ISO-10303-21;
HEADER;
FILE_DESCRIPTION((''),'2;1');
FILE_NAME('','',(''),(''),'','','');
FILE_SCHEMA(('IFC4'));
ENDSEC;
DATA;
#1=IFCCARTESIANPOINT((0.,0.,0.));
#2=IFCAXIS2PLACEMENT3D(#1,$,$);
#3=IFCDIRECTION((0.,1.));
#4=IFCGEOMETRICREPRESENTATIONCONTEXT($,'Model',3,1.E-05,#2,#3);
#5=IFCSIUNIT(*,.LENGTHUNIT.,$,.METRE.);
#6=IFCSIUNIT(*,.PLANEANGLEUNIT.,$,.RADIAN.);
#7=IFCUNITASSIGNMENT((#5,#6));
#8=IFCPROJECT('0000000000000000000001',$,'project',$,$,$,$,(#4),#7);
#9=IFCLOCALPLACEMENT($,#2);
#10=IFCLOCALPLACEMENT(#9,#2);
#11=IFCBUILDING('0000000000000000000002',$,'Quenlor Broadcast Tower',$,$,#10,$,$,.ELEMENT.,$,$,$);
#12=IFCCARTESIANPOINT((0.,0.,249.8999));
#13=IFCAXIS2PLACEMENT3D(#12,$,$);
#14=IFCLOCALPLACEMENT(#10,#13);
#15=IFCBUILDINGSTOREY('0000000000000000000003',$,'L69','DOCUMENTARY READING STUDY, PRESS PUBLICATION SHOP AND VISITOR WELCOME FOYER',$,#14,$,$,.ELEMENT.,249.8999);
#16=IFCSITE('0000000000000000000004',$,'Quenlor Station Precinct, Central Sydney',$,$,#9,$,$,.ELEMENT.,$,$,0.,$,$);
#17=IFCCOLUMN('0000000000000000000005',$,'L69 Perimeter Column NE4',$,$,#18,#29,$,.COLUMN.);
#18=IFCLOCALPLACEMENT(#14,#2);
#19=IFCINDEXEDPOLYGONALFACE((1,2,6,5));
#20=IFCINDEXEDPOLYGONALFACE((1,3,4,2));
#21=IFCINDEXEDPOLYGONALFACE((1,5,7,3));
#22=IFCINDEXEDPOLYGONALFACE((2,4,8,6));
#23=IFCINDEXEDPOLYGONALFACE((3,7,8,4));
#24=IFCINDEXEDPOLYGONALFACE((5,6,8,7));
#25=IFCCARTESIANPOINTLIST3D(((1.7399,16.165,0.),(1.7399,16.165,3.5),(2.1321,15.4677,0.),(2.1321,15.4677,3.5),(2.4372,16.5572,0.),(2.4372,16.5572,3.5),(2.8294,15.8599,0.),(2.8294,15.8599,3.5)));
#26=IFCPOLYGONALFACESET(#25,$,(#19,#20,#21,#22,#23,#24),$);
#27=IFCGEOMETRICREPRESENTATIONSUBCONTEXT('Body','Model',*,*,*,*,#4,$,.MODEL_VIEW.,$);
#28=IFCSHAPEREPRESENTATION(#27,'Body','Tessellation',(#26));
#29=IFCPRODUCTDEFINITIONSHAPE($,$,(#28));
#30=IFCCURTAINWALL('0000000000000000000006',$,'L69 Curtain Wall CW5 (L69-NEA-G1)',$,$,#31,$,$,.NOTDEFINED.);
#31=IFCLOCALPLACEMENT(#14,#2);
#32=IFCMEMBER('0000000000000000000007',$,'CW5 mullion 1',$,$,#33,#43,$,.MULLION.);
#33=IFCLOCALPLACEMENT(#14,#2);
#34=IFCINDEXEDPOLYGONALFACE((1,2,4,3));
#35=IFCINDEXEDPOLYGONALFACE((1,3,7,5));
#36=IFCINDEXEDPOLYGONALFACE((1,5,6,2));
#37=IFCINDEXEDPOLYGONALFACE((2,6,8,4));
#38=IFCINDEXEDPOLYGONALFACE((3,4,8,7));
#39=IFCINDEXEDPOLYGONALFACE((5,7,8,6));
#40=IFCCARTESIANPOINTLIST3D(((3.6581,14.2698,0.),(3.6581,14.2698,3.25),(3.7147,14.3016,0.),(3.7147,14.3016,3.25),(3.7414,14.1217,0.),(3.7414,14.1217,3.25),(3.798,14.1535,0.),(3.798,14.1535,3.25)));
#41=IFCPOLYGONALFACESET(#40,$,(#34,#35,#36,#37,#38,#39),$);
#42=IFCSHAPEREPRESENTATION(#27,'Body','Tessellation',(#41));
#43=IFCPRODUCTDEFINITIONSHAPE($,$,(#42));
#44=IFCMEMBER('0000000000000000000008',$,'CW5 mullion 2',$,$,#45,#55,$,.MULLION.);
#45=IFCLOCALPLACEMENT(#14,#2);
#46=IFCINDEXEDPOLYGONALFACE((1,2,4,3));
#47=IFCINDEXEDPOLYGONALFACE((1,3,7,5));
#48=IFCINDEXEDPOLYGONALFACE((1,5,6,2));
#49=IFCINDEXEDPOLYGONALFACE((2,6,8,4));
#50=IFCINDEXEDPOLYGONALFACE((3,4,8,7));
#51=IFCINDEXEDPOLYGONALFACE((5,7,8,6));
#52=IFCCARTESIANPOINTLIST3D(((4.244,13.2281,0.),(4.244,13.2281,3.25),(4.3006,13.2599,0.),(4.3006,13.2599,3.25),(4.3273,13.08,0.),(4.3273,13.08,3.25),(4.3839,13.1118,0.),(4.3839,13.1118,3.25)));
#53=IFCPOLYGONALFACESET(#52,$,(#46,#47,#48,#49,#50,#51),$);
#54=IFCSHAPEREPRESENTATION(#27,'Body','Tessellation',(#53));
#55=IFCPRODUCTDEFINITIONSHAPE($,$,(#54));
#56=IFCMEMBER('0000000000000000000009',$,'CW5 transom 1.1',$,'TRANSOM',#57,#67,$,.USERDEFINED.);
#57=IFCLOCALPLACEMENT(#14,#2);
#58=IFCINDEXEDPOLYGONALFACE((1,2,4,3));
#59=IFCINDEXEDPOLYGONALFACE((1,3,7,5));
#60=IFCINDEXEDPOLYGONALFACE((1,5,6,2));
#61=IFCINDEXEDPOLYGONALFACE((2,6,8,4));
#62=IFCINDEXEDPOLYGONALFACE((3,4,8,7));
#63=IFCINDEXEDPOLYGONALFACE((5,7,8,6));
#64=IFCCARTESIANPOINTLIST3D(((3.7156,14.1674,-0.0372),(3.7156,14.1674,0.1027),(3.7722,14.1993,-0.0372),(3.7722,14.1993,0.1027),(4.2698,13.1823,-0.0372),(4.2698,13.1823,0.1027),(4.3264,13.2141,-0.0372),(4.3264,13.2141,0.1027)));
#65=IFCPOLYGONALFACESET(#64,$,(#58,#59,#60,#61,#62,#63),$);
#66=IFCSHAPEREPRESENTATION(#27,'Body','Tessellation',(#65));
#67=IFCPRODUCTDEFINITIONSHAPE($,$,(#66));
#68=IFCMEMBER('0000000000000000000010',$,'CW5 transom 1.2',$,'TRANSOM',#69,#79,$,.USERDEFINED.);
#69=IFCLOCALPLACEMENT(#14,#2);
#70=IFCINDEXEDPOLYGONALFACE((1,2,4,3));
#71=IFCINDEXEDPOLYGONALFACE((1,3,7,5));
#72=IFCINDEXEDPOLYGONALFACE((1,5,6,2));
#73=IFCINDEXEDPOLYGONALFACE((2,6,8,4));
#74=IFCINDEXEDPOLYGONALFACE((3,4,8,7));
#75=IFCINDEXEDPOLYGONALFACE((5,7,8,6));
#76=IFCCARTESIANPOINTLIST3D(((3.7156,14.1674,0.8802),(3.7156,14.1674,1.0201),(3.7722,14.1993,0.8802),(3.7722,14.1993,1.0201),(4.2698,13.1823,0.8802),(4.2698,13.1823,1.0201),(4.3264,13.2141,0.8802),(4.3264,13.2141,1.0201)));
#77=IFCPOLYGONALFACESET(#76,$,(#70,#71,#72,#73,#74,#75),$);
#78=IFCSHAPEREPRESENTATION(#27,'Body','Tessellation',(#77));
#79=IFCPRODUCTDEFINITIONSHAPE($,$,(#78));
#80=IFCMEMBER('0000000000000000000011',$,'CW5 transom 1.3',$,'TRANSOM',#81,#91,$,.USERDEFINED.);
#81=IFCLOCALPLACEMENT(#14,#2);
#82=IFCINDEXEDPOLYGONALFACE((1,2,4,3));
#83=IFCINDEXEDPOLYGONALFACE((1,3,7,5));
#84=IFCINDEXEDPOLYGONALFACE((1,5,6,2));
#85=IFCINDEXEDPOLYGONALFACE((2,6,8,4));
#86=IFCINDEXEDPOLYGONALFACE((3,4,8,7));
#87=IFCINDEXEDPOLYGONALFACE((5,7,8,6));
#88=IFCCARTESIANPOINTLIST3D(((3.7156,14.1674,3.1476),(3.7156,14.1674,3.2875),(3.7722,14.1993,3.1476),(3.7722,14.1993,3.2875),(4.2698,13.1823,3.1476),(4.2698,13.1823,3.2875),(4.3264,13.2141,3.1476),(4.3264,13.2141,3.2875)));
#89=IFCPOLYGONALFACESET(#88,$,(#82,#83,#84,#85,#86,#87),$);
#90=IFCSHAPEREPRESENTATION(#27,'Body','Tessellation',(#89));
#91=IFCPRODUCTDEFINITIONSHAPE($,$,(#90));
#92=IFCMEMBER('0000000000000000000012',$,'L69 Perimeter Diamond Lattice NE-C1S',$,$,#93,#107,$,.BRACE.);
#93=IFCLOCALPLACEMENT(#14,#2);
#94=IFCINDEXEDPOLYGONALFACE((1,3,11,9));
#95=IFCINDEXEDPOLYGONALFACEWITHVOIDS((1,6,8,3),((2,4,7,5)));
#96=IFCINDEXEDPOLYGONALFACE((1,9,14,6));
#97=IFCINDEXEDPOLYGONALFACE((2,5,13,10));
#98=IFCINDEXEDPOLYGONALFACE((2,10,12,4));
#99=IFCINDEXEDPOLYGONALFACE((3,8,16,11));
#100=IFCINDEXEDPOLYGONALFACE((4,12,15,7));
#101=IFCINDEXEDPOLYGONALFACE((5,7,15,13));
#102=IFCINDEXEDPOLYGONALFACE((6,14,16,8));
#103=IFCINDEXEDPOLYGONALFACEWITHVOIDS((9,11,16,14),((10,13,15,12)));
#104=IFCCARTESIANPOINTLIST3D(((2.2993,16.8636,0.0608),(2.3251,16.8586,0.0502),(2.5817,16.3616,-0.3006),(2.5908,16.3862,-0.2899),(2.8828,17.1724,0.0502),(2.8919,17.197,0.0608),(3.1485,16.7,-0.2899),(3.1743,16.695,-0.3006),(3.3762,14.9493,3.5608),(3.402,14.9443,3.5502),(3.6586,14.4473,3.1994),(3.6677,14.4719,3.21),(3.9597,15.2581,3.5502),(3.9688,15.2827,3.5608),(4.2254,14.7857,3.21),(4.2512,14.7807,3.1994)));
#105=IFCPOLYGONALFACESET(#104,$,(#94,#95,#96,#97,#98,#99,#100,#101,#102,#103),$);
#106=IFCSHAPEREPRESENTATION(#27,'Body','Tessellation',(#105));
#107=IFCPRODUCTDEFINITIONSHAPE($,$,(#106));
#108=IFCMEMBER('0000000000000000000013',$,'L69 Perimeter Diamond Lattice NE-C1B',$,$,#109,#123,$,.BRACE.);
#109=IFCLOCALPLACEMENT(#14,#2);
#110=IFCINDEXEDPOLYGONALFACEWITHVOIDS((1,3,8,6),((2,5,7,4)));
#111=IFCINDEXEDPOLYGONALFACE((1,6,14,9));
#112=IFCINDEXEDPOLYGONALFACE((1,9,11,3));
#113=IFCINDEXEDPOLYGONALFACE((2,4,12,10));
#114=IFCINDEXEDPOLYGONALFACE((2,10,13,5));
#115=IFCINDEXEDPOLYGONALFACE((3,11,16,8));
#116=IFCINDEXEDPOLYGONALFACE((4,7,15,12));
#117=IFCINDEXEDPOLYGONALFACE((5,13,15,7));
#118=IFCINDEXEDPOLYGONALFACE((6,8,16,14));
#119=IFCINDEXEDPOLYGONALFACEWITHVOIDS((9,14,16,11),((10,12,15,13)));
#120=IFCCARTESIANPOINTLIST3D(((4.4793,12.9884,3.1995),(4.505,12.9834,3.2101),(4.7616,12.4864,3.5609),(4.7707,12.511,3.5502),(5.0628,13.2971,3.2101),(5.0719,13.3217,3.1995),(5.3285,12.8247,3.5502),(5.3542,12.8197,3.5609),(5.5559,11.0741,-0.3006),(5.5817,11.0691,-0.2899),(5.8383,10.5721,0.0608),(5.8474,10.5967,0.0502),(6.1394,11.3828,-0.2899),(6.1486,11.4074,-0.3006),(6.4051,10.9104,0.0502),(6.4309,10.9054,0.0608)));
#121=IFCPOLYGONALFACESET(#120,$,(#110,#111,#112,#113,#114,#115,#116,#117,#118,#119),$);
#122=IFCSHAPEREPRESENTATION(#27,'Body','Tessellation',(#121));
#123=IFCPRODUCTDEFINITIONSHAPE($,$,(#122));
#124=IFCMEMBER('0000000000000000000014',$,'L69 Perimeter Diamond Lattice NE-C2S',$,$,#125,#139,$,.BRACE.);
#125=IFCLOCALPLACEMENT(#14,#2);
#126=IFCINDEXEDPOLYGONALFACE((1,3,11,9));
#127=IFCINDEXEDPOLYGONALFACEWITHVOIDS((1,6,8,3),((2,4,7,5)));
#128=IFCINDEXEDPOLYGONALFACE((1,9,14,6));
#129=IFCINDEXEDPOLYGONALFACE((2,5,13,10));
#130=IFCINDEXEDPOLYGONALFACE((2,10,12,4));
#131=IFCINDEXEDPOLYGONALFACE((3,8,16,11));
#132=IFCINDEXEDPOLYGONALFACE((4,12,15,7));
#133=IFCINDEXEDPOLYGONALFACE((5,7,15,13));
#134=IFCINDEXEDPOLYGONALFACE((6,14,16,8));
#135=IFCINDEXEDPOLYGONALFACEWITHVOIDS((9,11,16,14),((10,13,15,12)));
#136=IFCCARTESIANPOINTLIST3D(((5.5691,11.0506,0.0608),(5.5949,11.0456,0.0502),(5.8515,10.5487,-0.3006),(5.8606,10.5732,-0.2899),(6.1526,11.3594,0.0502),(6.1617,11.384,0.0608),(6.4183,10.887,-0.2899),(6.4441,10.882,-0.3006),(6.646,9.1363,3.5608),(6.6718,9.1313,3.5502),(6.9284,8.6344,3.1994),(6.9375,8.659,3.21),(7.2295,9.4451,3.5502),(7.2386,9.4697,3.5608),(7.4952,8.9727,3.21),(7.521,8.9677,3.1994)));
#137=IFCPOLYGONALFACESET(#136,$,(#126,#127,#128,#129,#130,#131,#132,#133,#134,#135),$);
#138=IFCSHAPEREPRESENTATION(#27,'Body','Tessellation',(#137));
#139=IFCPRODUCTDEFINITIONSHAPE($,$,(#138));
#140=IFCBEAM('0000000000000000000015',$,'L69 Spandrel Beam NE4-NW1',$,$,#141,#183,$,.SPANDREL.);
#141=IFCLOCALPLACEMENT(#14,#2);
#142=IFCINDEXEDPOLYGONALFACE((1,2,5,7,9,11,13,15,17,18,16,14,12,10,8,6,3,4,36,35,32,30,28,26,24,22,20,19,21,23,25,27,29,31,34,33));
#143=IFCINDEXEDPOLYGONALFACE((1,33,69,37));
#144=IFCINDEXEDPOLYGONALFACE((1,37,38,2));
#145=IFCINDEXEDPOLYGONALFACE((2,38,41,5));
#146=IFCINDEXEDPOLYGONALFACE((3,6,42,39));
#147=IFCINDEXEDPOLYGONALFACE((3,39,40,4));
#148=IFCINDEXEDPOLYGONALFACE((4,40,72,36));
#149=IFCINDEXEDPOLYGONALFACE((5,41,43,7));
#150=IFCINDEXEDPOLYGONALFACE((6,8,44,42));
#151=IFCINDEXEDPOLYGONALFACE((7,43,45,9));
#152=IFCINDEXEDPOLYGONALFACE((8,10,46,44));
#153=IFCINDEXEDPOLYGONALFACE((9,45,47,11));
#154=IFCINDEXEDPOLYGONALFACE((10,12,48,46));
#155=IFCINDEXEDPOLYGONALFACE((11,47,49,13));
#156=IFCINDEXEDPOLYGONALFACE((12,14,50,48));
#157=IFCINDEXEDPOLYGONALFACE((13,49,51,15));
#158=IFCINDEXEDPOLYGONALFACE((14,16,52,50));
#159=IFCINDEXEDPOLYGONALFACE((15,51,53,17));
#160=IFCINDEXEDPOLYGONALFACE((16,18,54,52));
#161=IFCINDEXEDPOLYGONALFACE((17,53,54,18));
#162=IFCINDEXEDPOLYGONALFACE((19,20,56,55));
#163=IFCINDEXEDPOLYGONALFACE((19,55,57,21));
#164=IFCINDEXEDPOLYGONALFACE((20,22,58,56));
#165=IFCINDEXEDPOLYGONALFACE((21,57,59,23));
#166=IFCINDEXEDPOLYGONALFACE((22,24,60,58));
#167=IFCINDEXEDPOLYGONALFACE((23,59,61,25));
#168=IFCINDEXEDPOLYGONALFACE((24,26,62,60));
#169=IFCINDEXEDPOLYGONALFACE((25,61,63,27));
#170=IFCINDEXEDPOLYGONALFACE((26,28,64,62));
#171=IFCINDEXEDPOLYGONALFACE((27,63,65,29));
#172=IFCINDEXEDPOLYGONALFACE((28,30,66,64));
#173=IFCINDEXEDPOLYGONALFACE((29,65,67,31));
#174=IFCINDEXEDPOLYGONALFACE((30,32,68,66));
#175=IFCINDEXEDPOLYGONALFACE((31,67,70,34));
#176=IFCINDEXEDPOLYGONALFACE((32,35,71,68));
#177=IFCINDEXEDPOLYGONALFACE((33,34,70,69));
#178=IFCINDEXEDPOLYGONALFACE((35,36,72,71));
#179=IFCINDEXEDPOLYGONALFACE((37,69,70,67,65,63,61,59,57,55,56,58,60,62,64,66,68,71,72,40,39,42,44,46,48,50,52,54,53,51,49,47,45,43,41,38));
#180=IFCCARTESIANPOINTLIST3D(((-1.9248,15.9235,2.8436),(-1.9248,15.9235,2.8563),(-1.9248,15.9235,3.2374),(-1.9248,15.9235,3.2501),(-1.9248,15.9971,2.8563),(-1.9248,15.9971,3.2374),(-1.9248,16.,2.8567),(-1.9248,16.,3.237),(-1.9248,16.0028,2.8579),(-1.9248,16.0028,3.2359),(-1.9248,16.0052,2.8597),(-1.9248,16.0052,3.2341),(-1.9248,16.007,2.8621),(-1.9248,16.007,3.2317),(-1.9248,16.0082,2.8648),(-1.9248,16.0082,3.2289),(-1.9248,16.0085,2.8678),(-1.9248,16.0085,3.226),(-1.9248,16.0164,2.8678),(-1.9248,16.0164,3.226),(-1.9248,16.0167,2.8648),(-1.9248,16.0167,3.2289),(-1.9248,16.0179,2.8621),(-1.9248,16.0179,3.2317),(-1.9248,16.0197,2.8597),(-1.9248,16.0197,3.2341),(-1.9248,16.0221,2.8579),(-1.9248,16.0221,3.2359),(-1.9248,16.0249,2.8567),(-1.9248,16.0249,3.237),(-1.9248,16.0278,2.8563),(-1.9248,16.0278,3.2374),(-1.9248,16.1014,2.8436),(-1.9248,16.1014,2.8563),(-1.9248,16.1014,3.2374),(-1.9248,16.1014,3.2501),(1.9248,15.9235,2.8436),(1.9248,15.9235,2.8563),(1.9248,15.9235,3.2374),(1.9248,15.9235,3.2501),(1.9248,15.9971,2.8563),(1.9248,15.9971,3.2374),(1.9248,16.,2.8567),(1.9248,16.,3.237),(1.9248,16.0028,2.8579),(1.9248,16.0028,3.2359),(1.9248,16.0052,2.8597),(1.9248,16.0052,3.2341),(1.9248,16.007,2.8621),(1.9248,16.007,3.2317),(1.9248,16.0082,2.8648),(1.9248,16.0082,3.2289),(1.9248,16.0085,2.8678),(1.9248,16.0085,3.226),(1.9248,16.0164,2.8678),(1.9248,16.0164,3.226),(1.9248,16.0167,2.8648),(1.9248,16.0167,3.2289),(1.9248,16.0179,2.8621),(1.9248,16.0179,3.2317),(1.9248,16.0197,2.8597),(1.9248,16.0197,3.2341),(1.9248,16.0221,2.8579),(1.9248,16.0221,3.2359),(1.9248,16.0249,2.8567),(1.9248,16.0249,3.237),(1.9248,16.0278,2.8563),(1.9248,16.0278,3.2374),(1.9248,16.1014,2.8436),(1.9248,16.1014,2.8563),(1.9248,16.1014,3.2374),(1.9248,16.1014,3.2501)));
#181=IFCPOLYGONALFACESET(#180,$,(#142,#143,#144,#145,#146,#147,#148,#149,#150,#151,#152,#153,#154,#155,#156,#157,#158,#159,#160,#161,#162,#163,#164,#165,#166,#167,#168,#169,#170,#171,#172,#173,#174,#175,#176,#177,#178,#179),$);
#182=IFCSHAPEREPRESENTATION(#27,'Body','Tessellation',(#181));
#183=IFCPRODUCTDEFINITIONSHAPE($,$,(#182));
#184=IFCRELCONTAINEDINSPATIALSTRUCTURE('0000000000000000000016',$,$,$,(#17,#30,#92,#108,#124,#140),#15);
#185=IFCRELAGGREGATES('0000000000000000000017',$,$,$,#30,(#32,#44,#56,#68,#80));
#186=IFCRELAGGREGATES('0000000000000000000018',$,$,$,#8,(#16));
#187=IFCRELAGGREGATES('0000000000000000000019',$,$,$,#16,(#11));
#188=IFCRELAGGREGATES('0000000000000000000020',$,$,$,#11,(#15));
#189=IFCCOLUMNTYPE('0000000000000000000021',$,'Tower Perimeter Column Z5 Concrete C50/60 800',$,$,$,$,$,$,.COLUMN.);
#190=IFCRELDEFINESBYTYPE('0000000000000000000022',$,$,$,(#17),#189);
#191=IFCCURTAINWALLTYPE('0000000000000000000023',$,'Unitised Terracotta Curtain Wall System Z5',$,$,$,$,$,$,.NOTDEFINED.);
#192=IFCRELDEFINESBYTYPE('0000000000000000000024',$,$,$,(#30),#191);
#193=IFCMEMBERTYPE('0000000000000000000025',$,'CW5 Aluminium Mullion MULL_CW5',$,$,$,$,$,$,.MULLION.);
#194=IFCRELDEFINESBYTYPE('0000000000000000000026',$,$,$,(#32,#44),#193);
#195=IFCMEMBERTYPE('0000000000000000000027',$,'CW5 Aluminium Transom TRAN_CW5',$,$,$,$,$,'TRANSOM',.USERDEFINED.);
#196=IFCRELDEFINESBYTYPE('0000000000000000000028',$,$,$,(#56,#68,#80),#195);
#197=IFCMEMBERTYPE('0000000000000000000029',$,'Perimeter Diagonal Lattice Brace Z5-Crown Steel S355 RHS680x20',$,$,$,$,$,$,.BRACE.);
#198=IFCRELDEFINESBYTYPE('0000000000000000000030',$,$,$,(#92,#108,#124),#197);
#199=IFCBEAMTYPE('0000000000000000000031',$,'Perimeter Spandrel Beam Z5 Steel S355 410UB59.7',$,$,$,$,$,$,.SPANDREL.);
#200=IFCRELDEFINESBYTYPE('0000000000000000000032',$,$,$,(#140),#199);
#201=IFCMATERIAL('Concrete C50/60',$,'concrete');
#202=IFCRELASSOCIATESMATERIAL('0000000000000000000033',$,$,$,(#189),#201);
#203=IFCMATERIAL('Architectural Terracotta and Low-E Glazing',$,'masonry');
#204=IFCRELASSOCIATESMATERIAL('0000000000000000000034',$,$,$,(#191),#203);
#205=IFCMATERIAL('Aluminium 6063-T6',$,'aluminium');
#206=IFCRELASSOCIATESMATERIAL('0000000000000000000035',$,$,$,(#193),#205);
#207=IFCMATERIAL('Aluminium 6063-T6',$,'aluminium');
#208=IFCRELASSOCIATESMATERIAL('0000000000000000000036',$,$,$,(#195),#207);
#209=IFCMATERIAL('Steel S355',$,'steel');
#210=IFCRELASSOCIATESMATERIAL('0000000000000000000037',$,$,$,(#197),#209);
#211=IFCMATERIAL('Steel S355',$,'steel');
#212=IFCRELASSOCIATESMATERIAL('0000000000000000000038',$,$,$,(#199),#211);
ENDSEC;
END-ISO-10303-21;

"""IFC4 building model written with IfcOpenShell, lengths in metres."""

from ifc_helpers import new_model, si_unit, direction, frame, origin, origin_2d, place, context, subcontext, project, spatial, rectangle, hollow_rectangle, i_section, extrude, material, material_profile, profile_set, type_object, element, aggregate, save


model = new_model("IFC4")

# Units and contexts
model_context = context("Model", 3, precision=1e-05, world=origin(), true_north=direction((0.0, 1.0)))
body_context = subcontext(model_context, "Body", "Model", "MODEL_VIEW")
ifc_project = project(units=[si_unit("LENGTHUNIT", "METRE"), si_unit("PLANEANGLEUNIT", "RADIAN")], contexts=[model_context])

# Site, building, storey
site_placement = place(None, origin())
site = spatial("IfcSite", under=ifc_project, at=site_placement, Name="Quenlor Station Precinct, Central Sydney", CompositionType="ELEMENT", RefElevation=0.0)
building_placement = place(site_placement, origin())
building = spatial("IfcBuilding", under=site, at=building_placement, Name="Quenlor Broadcast Tower", CompositionType="ELEMENT")
storey_placement = place(building_placement, frame((0.0, 0.0, 249.8999)))
storey = spatial("IfcBuildingStorey", under=building, at=storey_placement, Name="L69", Description="DOCUMENTARY READING STUDY, PRESS PUBLICATION SHOP AND VISITOR WELCOME FOYER", CompositionType="ELEMENT", Elevation=249.8999)

# Column
ifc_material_1 = material(Name="Concrete C50/60", Category="concrete")
ifc_material_profile_1 = material_profile(ifc_material_1, rectangle(XDim=0.8, YDim=0.8, at=origin_2d()))
ifc_profile_set_1 = profile_set([ifc_material_profile_1], Name="Concrete C50/60 RC800x800")
column_type = type_object("IfcColumnType", Name="Tower Perimeter Column Z5 Concrete C50/60 800", PredefinedType="COLUMN", material=ifc_profile_set_1)
column_placement = place(storey_placement, frame((2.2847, 16.0125, 0.0), z_axis=(0.0, 0.0, 1.0), x_axis=(0.871575, 0.490262, 0.0)))
element("IfcColumn", 1, at=column_placement, inside=storey, type_object=column_type, Name="L69 Perimeter Column NE4", PredefinedType="COLUMN", context=body_context, shape_type="SweptSolid", body=[
    extrude(rectangle(XDim=0.8, YDim=0.8, at=origin_2d()), origin(), (0.0, 0.0, 1.0), 3.5),
])

# Curtain wall, members
ifc_material_2 = material(Name="Architectural Terracotta and Low-E Glazing", Category="masonry")
curtain_wall_type = type_object("IfcCurtainWallType", Name="Unitised Terracotta Curtain Wall System Z5", PredefinedType="NOTDEFINED", material=ifc_material_2)
curtain_wall_placement = place(storey_placement, origin())
curtain_wall = element("IfcCurtainWall", 2, at=curtain_wall_placement, inside=storey, type_object=curtain_wall_type, Name="L69 Curtain Wall CW5 (L69-NEA-G1)", PredefinedType="NOTDEFINED")
ifc_material_3 = material(Name="Aluminium 6063-T6", Category="aluminium")
ifc_material_profile_2 = material_profile(ifc_material_3, rectangle(XDim=0.0649, YDim=0.1699, at=origin_2d()))
ifc_profile_set_2 = profile_set([ifc_material_profile_2], Name="Aluminium 6063-T6 MULL65x170")
member_type_1 = type_object("IfcMemberType", Name="CW5 Aluminium Mullion MULL_CW5", PredefinedType="MULLION", material=ifc_profile_set_2)
member_1_placement = place(storey_placement, frame((3.728, 14.2117, 0.0), z_axis=(0.0, 0.0, 1.0), x_axis=(0.871559, 0.490291, 0.0)))
member_1 = element("IfcMember", 3, at=member_1_placement, type_object=member_type_1, Name="CW5 mullion 1", PredefinedType="MULLION", context=body_context, shape_type="SweptSolid", body=[
    extrude(rectangle(XDim=0.0649, YDim=0.1699, at=origin_2d()), origin(), (0.0, 0.0, 1.0), 3.25),
])
member_2_placement = place(storey_placement, frame((4.314, 13.1699, 0.0), z_axis=(0.0, 0.0, 1.0), x_axis=(0.871559, 0.490291, 0.0)))
member_2 = element("IfcMember", 4, at=member_2_placement, type_object=member_type_1, Name="CW5 mullion 2", PredefinedType="MULLION", context=body_context, shape_type="SweptSolid", body=[
    extrude(rectangle(XDim=0.0649, YDim=0.1699, at=origin_2d()), origin(), (0.0, 0.0, 1.0), 3.25),
])
ifc_material_4 = material(Name="Aluminium 6063-T6", Category="aluminium")
ifc_material_profile_3 = material_profile(ifc_material_4, rectangle(XDim=0.0649, YDim=0.1399, at=origin_2d()))
ifc_profile_set_3 = profile_set([ifc_material_profile_3], Name="Aluminium 6063-T6 TRAN65x140")
member_type_2 = type_object("IfcMemberType", Name="CW5 Aluminium Transom TRAN_CW5", ElementType="TRANSOM", PredefinedType="USERDEFINED", material=ifc_profile_set_3)
member_3_placement = place(storey_placement, frame((3.7439, 14.1833, 0.0327), z_axis=(0.490313, -0.871547, 0.0), x_axis=(0.871547, 0.490313, 0.0)))
member_3 = element("IfcMember", 5, at=member_3_placement, type_object=member_type_2, Name="CW5 transom 1.1", ObjectType="TRANSOM", PredefinedType="USERDEFINED", context=body_context, shape_type="SweptSolid", body=[
    extrude(rectangle(XDim=0.0649, YDim=0.1399, at=origin_2d()), origin(), (0.0, 0.0, 1.0), 1.1304),
])
member_4_placement = place(storey_placement, frame((3.7439, 14.1833, 0.9502), z_axis=(0.490313, -0.871547, 0.0), x_axis=(0.871547, 0.490313, 0.0)))
member_4 = element("IfcMember", 6, at=member_4_placement, type_object=member_type_2, Name="CW5 transom 1.2", ObjectType="TRANSOM", PredefinedType="USERDEFINED", context=body_context, shape_type="SweptSolid", body=[
    extrude(rectangle(XDim=0.0649, YDim=0.1399, at=origin_2d()), origin(), (0.0, 0.0, 1.0), 1.1304),
])
member_5_placement = place(storey_placement, frame((3.7439, 14.1833, 3.2175), z_axis=(0.490313, -0.871547, 0.0), x_axis=(0.871547, 0.490313, 0.0)))
member_5 = element("IfcMember", 7, at=member_5_placement, type_object=member_type_2, Name="CW5 transom 1.3", ObjectType="TRANSOM", PredefinedType="USERDEFINED", context=body_context, shape_type="SweptSolid", body=[
    extrude(rectangle(XDim=0.0649, YDim=0.1399, at=origin_2d()), origin(), (0.0, 0.0, 1.0), 1.1304),
])

# Members
ifc_material_5 = material(Name="Steel S355", Category="steel")
ifc_material_profile_4 = material_profile(ifc_material_5, hollow_rectangle(XDim=0.6799, YDim=0.6799, WallThickness=0.02, at=origin_2d()))
ifc_profile_set_4 = profile_set([ifc_material_profile_4], Name="Steel S355 RHS680x680x20")
member_type_3 = type_object("IfcMemberType", Name="Perimeter Diagonal Lattice Brace Z5-Crown Steel S355 RHS680x20", PredefinedType="BRACE", material=ifc_profile_set_4)
for number, where, z_axis, x_axis, name in (
    (8, (2.7368, 16.7793, -0.1199), (0.260619, -0.463276, 0.847026), (0.871555, 0.490298, 0.0), "L69 Perimeter Diamond Lattice NE-C1S"),
    (9, (5.9934, 10.9897, -0.1199), (-0.260564, 0.463283, 0.847039), (-0.871602, -0.490214, 0.0), "L69 Perimeter Diamond Lattice NE-C1B"),
    (10, (6.0066, 10.9663, -0.1199), (0.260619, -0.463276, 0.847026), (0.871555, 0.490298, 0.0), "L69 Perimeter Diamond Lattice NE-C2S"),
):
    element("IfcMember", number, at=place(storey_placement, frame(where, z_axis=z_axis, x_axis=x_axis)), inside=storey, type_object=member_type_3, Name=name, PredefinedType="BRACE", context=body_context, shape_type="SweptSolid", body=[
        extrude(hollow_rectangle(XDim=0.6799, YDim=0.6799, WallThickness=0.02, at=origin_2d()), origin(), (0.0, 0.0, 1.0), 4.1321),
    ])

# Beam
ifc_material_6 = material(Name="Steel S355", Category="steel")
ifc_material_profile_5 = material_profile(ifc_material_6, i_section(OverallWidth=0.178, OverallDepth=0.4065, WebThickness=0.0078, FlangeThickness=0.0127, FilletRadius=0.0115, at=origin_2d()))
ifc_profile_set_5 = profile_set([ifc_material_profile_5], Name="Steel S355 410UB59.7")
beam_type_1 = type_object("IfcBeamType", Name="Perimeter Spandrel Beam Z5 Steel S355 410UB59.7", PredefinedType="SPANDREL", material=ifc_profile_set_5)
beam_1_placement = place(storey_placement, frame((1.9248, 16.0125, 3.0469), z_axis=(-1.0, 0.0, 0.0), x_axis=(0.0, -1.0, 0.0)))
element("IfcBeam", 11, at=beam_1_placement, inside=storey, type_object=beam_type_1, Name="L69 Spandrel Beam NE4-NW1", PredefinedType="SPANDREL", context=body_context, shape_type="SweptSolid", body=[
    extrude(i_section(OverallWidth=0.178, OverallDepth=0.4065, WebThickness=0.0078, FlangeThickness=0.0127, FilletRadius=0.0115, at=origin_2d()), origin(), (0.0, 0.0, 1.0), 3.8496),
])

aggregate(curtain_wall, [member_1, member_2, member_3, member_4, member_5])

save(model, "model.ifc")
